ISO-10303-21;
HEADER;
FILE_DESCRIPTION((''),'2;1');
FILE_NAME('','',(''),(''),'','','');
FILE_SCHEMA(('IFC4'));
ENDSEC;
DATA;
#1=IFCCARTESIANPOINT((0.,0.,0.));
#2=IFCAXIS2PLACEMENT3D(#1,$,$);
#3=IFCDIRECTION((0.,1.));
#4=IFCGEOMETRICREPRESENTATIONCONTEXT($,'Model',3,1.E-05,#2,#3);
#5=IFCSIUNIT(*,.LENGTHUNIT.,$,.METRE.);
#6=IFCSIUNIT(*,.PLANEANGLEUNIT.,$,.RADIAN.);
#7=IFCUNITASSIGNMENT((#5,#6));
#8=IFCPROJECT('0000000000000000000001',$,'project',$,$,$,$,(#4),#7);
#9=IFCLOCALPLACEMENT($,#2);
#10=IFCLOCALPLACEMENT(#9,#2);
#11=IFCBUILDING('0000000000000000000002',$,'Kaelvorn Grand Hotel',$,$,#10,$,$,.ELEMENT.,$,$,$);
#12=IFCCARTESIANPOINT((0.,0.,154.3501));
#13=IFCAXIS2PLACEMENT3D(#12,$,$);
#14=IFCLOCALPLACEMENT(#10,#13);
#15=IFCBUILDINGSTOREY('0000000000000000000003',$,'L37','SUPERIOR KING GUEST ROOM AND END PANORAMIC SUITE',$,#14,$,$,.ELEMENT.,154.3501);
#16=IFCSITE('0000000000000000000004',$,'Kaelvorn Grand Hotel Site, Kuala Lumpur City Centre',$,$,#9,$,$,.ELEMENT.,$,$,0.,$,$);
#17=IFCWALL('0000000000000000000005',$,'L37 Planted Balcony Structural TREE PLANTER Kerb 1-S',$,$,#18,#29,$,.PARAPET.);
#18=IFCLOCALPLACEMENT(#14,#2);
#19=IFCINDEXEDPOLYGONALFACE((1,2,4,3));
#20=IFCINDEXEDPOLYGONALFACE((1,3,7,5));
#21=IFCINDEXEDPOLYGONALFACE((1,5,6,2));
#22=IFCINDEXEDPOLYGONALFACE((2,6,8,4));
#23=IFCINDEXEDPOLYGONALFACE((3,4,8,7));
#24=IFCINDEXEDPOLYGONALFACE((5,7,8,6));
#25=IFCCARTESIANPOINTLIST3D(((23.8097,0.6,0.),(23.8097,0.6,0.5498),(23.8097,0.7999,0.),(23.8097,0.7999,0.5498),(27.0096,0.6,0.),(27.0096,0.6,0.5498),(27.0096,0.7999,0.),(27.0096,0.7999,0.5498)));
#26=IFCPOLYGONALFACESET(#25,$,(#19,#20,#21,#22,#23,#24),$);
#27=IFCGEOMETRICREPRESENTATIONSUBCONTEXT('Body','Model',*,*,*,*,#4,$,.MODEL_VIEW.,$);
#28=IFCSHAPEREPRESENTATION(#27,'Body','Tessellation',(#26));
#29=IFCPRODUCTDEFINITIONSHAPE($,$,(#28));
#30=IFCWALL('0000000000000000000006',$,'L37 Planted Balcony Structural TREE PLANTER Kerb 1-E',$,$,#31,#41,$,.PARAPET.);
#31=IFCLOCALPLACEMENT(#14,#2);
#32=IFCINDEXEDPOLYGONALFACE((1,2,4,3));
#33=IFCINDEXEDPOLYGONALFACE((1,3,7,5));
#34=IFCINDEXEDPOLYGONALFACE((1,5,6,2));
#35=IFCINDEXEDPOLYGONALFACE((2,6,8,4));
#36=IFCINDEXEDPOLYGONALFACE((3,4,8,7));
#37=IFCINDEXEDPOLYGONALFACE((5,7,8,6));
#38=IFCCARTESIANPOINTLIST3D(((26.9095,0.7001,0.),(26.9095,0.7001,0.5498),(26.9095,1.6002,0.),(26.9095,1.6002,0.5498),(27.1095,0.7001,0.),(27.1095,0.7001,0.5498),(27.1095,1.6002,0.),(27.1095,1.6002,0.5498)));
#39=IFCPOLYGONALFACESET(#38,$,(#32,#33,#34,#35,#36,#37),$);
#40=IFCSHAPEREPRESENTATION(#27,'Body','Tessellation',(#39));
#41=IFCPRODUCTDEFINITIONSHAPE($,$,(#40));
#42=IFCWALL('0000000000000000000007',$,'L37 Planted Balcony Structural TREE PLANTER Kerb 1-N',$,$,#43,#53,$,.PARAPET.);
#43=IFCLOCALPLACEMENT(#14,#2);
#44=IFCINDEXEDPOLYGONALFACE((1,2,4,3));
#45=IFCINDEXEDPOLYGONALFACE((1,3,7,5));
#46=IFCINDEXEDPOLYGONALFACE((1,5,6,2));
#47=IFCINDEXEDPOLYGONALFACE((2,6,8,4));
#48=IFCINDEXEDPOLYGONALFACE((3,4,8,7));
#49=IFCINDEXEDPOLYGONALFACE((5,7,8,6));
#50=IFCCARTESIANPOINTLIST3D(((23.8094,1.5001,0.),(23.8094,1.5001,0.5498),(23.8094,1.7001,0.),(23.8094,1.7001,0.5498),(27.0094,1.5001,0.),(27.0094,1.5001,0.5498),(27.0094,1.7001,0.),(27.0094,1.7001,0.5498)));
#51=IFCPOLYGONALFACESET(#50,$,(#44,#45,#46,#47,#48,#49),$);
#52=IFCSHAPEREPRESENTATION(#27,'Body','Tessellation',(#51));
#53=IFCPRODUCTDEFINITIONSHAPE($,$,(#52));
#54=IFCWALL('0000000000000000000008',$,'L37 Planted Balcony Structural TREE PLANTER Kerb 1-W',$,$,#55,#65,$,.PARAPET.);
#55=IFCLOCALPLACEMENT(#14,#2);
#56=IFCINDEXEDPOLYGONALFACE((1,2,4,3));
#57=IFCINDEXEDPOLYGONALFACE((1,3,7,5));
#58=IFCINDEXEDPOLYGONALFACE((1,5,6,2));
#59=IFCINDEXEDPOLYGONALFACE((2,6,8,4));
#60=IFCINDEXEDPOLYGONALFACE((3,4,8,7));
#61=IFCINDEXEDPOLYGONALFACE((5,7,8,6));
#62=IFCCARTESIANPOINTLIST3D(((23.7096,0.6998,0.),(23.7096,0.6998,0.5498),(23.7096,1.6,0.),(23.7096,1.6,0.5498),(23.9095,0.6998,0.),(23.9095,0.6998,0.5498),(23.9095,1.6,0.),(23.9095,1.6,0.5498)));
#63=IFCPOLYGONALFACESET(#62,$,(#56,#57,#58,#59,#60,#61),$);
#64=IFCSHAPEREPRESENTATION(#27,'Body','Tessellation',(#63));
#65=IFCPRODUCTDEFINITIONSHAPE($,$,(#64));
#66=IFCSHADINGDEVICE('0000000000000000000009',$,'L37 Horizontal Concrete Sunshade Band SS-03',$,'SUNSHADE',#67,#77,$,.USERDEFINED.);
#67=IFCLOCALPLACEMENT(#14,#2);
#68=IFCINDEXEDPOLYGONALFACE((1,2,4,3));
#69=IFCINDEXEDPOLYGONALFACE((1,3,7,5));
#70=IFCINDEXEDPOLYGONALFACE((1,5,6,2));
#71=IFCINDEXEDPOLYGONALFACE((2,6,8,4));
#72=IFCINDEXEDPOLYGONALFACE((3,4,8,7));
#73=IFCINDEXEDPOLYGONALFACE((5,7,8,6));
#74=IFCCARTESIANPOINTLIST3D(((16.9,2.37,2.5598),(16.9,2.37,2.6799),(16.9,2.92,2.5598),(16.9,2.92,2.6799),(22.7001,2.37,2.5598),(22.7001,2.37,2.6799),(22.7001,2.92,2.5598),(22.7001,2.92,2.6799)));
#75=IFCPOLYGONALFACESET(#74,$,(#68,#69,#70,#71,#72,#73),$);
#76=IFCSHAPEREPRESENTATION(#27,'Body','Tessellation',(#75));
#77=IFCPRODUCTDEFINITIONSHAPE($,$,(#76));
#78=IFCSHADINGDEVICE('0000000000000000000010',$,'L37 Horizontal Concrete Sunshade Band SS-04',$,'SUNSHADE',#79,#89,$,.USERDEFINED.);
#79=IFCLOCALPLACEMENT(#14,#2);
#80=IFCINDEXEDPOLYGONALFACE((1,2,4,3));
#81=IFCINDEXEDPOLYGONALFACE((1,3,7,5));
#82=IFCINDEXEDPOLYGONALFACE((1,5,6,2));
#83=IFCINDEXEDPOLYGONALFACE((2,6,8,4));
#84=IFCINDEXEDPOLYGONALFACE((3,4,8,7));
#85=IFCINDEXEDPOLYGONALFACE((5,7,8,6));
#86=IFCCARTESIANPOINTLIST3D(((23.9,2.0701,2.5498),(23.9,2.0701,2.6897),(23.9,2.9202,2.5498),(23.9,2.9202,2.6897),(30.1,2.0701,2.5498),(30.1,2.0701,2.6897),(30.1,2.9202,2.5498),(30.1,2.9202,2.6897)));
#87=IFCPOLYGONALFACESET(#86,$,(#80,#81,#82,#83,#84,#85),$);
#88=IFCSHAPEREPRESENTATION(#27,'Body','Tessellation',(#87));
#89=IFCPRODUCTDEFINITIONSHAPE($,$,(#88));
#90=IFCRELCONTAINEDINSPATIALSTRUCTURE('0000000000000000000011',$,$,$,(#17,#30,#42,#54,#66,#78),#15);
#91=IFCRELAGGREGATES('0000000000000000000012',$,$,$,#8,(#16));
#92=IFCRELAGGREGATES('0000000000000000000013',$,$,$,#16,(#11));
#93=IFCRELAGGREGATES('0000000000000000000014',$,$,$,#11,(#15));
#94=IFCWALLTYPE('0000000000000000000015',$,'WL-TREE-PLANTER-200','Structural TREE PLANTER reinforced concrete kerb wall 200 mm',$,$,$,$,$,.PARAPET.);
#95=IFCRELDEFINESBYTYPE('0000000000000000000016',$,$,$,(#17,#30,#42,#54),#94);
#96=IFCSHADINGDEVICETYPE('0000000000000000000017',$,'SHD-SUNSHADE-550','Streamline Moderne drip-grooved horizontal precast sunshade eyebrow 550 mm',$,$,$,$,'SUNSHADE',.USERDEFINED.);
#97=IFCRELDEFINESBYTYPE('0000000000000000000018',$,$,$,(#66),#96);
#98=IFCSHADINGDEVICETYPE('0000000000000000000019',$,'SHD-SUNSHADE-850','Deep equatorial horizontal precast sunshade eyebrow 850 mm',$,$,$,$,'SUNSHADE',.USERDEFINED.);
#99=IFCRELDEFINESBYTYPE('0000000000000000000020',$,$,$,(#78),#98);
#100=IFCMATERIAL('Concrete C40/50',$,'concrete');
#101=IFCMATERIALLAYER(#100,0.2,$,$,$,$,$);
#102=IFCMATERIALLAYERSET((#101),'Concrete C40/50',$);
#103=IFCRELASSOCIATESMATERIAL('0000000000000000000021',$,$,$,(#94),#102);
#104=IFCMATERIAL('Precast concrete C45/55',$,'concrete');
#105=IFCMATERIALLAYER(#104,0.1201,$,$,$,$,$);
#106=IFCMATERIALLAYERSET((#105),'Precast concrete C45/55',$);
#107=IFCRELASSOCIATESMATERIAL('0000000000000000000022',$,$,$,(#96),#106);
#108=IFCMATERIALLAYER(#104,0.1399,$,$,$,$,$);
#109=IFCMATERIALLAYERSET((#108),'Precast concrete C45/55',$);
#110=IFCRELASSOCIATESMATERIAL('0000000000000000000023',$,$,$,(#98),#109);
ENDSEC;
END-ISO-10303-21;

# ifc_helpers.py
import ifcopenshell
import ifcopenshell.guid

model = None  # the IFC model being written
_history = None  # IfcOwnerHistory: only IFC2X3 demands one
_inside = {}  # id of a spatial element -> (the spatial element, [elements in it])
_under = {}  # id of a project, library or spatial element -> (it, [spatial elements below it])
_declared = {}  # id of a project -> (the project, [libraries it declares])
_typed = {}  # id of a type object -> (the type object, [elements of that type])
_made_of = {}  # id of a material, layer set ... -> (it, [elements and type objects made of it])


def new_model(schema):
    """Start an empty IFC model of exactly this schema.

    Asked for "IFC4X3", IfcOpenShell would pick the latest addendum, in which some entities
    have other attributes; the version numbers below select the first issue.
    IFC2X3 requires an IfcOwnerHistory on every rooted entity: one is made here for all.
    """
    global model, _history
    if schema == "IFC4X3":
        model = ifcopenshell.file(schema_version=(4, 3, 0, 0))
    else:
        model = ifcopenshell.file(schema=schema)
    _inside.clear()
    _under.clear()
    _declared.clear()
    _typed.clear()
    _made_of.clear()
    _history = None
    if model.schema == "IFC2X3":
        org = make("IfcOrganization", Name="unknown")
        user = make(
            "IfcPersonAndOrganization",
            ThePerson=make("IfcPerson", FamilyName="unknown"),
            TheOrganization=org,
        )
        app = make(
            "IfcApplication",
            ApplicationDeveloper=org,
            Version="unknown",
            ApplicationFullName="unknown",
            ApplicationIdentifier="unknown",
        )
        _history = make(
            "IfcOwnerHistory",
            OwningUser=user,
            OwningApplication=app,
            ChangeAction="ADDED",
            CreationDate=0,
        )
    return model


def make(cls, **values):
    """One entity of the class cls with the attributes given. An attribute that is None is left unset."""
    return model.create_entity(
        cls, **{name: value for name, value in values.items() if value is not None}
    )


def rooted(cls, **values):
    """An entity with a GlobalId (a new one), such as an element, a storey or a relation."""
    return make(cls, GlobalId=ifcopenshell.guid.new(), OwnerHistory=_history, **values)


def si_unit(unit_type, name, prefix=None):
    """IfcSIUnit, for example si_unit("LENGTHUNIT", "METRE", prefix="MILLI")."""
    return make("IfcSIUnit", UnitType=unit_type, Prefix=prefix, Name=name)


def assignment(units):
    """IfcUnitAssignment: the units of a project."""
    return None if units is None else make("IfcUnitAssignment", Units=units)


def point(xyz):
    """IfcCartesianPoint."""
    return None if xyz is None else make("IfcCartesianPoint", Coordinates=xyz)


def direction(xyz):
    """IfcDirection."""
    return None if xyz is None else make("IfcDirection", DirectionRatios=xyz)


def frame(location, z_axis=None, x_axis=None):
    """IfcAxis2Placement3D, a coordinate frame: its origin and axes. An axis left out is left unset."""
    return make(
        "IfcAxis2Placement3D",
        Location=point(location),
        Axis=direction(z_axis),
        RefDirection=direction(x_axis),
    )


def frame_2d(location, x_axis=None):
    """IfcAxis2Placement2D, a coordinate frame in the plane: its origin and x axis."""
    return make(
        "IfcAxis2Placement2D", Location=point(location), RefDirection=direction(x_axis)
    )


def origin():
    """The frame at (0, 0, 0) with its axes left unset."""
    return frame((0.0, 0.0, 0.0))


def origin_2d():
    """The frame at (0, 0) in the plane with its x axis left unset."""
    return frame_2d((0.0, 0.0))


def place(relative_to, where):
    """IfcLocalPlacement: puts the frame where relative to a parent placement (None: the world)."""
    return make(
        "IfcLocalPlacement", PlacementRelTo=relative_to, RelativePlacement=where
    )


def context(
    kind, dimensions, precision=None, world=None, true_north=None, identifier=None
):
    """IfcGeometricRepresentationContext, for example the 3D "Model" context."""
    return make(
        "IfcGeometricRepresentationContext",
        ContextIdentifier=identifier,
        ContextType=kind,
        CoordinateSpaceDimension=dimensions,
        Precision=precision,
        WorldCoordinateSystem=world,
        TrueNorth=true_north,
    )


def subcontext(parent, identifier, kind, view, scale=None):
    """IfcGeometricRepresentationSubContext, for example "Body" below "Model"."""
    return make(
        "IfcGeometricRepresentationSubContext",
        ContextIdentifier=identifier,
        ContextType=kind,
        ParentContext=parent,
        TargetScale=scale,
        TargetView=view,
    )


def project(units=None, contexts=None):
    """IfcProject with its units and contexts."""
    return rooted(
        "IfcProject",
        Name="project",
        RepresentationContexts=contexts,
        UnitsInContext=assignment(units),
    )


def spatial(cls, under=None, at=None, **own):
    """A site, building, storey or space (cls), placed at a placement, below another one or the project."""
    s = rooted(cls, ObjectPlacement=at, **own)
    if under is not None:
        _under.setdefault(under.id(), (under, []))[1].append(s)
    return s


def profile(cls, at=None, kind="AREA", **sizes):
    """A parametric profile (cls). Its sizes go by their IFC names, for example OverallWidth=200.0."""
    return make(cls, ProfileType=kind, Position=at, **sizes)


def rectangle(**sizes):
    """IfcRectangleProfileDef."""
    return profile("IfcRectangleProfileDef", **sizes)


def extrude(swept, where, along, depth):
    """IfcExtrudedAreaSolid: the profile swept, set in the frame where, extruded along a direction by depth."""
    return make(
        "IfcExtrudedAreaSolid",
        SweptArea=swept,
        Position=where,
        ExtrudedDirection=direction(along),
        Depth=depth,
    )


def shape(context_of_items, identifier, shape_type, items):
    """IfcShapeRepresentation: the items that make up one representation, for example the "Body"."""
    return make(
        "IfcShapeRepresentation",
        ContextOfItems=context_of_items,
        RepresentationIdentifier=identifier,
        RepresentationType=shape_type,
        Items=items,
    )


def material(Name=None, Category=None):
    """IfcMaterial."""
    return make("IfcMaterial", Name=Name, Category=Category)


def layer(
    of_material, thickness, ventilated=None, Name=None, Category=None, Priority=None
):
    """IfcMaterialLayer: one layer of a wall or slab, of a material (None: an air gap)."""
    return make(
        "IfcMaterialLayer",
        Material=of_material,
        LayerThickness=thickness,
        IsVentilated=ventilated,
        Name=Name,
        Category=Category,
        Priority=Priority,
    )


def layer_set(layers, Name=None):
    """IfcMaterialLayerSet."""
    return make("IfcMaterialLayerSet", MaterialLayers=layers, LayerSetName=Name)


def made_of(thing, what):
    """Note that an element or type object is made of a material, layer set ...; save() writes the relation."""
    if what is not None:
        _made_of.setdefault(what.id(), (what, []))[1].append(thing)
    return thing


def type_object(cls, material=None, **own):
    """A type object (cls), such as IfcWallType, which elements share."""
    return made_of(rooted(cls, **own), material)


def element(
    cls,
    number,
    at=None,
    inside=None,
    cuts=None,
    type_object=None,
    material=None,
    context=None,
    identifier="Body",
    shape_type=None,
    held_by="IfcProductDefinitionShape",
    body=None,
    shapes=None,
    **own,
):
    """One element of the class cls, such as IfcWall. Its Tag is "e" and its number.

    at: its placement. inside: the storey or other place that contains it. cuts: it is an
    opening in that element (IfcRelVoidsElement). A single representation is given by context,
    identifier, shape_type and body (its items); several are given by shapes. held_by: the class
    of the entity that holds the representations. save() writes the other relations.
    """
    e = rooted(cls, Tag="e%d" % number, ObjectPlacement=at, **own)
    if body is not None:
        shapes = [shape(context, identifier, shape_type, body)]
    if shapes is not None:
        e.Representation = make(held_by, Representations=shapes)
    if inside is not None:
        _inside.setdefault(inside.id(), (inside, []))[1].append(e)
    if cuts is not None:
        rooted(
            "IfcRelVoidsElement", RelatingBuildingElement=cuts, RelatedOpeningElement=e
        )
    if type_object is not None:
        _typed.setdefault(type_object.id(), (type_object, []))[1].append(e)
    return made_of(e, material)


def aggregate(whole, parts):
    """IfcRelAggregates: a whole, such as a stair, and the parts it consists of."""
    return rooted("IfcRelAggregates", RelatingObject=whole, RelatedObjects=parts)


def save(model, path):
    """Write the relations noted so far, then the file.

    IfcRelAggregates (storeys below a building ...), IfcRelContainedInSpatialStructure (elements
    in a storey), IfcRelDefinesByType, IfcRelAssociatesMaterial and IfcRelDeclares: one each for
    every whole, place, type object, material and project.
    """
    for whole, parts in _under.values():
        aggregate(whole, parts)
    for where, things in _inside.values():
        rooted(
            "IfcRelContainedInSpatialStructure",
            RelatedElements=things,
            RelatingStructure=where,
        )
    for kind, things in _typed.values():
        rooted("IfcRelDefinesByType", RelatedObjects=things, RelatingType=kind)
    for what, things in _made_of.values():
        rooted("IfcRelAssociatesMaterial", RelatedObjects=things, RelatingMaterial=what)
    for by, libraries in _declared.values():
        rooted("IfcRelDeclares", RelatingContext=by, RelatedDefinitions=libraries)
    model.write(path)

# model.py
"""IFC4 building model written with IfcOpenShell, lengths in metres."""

from ifc_helpers import new_model, si_unit, direction, frame, frame_2d, origin, origin_2d, place, context, subcontext, project, spatial, rectangle, extrude, material, layer, layer_set, type_object, element, save


model = new_model("IFC4")

# Units and contexts
model_context = context("Model", 3, precision=1e-05, world=origin(), true_north=direction((0.0, 1.0)))
body_context = subcontext(model_context, "Body", "Model", "MODEL_VIEW")
ifc_project = project(units=[si_unit("LENGTHUNIT", "METRE"), si_unit("PLANEANGLEUNIT", "RADIAN")], contexts=[model_context])

# Site, building, storey
site_placement = place(None, origin())
site = spatial("IfcSite", under=ifc_project, at=site_placement, Name="Kaelvorn Grand Hotel Site, Kuala Lumpur City Centre", CompositionType="ELEMENT", RefElevation=0.0)
building_placement = place(site_placement, origin())
building = spatial("IfcBuilding", under=site, at=building_placement, Name="Kaelvorn Grand Hotel", CompositionType="ELEMENT")
storey_placement = place(building_placement, frame((0.0, 0.0, 154.3501)))
storey = spatial("IfcBuildingStorey", under=building, at=storey_placement, Name="L37", Description="SUPERIOR KING GUEST ROOM AND END PANORAMIC SUITE", CompositionType="ELEMENT", Elevation=154.3501)

# Shared definitions
ifc_material_1 = material(Name="Concrete C40/50", Category="concrete")

# Walls
ifc_layer_1 = layer(ifc_material_1, 0.2)
ifc_layer_set_1 = layer_set([ifc_layer_1], Name="Concrete C40/50")
wall_type_1 = type_object("IfcWallType", Name="WL-TREE-PLANTER-200", Description="Structural TREE PLANTER reinforced concrete kerb wall 200 mm", PredefinedType="PARAPET", material=ifc_layer_set_1)
wall_1_placement = place(storey_placement, frame((23.8096, 0.7, 0.0), z_axis=(0.0, 0.0, 1.0), x_axis=(1.0, 0.0, 0.0)))
element("IfcWall", 1, at=wall_1_placement, inside=storey, type_object=wall_type_1, Name="L37 Planted Balcony Structural TREE PLANTER Kerb 1-S", PredefinedType="PARAPET", context=body_context, shape_type="SweptSolid", body=[
    extrude(rectangle(XDim=3.2, YDim=0.2, at=frame_2d((1.6001, 0.0))), origin(), (0.0, 0.0, 1.0), 0.5498),
])
wall_2_placement = place(storey_placement, frame((27.0095, 0.7, 0.0), z_axis=(0.0, 0.0, 1.0), x_axis=(0.0, 1.0, 0.0)))
element("IfcWall", 2, at=wall_2_placement, inside=storey, type_object=wall_type_1, Name="L37 Planted Balcony Structural TREE PLANTER Kerb 1-E", PredefinedType="PARAPET", context=body_context, shape_type="SweptSolid", body=[
    extrude(rectangle(XDim=0.9001, YDim=0.2, at=frame_2d((0.4502, 0.0))), origin(), (0.0, 0.0, 1.0), 0.5498),
])
wall_3_placement = place(storey_placement, frame((27.0095, 1.6001, 0.0), z_axis=(0.0, 0.0, 1.0), x_axis=(-1.0, 0.0, 0.0)))
element("IfcWall", 3, at=wall_3_placement, inside=storey, type_object=wall_type_1, Name="L37 Planted Balcony Structural TREE PLANTER Kerb 1-N", PredefinedType="PARAPET", context=body_context, shape_type="SweptSolid", body=[
    extrude(rectangle(XDim=3.2, YDim=0.2, at=frame_2d((1.6001, 0.0))), origin(), (0.0, 0.0, 1.0), 0.5498),
])
wall_4_placement = place(storey_placement, frame((23.8096, 1.6001, 0.0), z_axis=(0.0, 0.0, 1.0), x_axis=(0.0, -1.0, 0.0)))
element("IfcWall", 4, at=wall_4_placement, inside=storey, type_object=wall_type_1, Name="L37 Planted Balcony Structural TREE PLANTER Kerb 1-W", PredefinedType="PARAPET", context=body_context, shape_type="SweptSolid", body=[
    extrude(rectangle(XDim=0.9001, YDim=0.2, at=frame_2d((0.4502, 0.0))), origin(), (0.0, 0.0, 1.0), 0.5498),
])

# Shading devices
ifc_material_2 = material(Name="Precast concrete C45/55", Category="concrete")
ifc_layer_2 = layer(ifc_material_2, 0.1201)
ifc_layer_set_2 = layer_set([ifc_layer_2], Name="Precast concrete C45/55")
shading_device_type_1 = type_object("IfcShadingDeviceType", Name="SHD-SUNSHADE-550", Description="Streamline Moderne drip-grooved horizontal precast sunshade eyebrow 550 mm", ElementType="SUNSHADE", PredefinedType="USERDEFINED", material=ifc_layer_set_2)
shading_device_1_placement = place(storey_placement, frame((19.8, 2.645, 2.5598), z_axis=(0.0, 0.0, 1.0), x_axis=(1.0, 0.0, 0.0)))
element("IfcShadingDevice", 5, at=shading_device_1_placement, inside=storey, type_object=shading_device_type_1, Name="L37 Horizontal Concrete Sunshade Band SS-03", ObjectType="SUNSHADE", PredefinedType="USERDEFINED", context=body_context, shape_type="SweptSolid", body=[
    extrude(rectangle(XDim=5.8, YDim=0.55, at=origin_2d()), origin(), (0.0, 0.0, 1.0), 0.1201),
])
ifc_layer_3 = layer(ifc_material_2, 0.1399)
ifc_layer_set_3 = layer_set([ifc_layer_3], Name="Precast concrete C45/55")
shading_device_type_2 = type_object("IfcShadingDeviceType", Name="SHD-SUNSHADE-850", Description="Deep equatorial horizontal precast sunshade eyebrow 850 mm", ElementType="SUNSHADE", PredefinedType="USERDEFINED", material=ifc_layer_set_3)
shading_device_2_placement = place(storey_placement, frame((27.0, 2.4951, 2.5498), z_axis=(0.0, 0.0, 1.0), x_axis=(1.0, 0.0, 0.0)))
element("IfcShadingDevice", 6, at=shading_device_2_placement, inside=storey, type_object=shading_device_type_2, Name="L37 Horizontal Concrete Sunshade Band SS-04", ObjectType="SUNSHADE", PredefinedType="USERDEFINED", context=body_context, shape_type="SweptSolid", body=[
    extrude(rectangle(XDim=6.2, YDim=0.8501, at=origin_2d()), origin(), (0.0, 0.0, 1.0), 0.1399),
])

save(model, "model.ifc")
